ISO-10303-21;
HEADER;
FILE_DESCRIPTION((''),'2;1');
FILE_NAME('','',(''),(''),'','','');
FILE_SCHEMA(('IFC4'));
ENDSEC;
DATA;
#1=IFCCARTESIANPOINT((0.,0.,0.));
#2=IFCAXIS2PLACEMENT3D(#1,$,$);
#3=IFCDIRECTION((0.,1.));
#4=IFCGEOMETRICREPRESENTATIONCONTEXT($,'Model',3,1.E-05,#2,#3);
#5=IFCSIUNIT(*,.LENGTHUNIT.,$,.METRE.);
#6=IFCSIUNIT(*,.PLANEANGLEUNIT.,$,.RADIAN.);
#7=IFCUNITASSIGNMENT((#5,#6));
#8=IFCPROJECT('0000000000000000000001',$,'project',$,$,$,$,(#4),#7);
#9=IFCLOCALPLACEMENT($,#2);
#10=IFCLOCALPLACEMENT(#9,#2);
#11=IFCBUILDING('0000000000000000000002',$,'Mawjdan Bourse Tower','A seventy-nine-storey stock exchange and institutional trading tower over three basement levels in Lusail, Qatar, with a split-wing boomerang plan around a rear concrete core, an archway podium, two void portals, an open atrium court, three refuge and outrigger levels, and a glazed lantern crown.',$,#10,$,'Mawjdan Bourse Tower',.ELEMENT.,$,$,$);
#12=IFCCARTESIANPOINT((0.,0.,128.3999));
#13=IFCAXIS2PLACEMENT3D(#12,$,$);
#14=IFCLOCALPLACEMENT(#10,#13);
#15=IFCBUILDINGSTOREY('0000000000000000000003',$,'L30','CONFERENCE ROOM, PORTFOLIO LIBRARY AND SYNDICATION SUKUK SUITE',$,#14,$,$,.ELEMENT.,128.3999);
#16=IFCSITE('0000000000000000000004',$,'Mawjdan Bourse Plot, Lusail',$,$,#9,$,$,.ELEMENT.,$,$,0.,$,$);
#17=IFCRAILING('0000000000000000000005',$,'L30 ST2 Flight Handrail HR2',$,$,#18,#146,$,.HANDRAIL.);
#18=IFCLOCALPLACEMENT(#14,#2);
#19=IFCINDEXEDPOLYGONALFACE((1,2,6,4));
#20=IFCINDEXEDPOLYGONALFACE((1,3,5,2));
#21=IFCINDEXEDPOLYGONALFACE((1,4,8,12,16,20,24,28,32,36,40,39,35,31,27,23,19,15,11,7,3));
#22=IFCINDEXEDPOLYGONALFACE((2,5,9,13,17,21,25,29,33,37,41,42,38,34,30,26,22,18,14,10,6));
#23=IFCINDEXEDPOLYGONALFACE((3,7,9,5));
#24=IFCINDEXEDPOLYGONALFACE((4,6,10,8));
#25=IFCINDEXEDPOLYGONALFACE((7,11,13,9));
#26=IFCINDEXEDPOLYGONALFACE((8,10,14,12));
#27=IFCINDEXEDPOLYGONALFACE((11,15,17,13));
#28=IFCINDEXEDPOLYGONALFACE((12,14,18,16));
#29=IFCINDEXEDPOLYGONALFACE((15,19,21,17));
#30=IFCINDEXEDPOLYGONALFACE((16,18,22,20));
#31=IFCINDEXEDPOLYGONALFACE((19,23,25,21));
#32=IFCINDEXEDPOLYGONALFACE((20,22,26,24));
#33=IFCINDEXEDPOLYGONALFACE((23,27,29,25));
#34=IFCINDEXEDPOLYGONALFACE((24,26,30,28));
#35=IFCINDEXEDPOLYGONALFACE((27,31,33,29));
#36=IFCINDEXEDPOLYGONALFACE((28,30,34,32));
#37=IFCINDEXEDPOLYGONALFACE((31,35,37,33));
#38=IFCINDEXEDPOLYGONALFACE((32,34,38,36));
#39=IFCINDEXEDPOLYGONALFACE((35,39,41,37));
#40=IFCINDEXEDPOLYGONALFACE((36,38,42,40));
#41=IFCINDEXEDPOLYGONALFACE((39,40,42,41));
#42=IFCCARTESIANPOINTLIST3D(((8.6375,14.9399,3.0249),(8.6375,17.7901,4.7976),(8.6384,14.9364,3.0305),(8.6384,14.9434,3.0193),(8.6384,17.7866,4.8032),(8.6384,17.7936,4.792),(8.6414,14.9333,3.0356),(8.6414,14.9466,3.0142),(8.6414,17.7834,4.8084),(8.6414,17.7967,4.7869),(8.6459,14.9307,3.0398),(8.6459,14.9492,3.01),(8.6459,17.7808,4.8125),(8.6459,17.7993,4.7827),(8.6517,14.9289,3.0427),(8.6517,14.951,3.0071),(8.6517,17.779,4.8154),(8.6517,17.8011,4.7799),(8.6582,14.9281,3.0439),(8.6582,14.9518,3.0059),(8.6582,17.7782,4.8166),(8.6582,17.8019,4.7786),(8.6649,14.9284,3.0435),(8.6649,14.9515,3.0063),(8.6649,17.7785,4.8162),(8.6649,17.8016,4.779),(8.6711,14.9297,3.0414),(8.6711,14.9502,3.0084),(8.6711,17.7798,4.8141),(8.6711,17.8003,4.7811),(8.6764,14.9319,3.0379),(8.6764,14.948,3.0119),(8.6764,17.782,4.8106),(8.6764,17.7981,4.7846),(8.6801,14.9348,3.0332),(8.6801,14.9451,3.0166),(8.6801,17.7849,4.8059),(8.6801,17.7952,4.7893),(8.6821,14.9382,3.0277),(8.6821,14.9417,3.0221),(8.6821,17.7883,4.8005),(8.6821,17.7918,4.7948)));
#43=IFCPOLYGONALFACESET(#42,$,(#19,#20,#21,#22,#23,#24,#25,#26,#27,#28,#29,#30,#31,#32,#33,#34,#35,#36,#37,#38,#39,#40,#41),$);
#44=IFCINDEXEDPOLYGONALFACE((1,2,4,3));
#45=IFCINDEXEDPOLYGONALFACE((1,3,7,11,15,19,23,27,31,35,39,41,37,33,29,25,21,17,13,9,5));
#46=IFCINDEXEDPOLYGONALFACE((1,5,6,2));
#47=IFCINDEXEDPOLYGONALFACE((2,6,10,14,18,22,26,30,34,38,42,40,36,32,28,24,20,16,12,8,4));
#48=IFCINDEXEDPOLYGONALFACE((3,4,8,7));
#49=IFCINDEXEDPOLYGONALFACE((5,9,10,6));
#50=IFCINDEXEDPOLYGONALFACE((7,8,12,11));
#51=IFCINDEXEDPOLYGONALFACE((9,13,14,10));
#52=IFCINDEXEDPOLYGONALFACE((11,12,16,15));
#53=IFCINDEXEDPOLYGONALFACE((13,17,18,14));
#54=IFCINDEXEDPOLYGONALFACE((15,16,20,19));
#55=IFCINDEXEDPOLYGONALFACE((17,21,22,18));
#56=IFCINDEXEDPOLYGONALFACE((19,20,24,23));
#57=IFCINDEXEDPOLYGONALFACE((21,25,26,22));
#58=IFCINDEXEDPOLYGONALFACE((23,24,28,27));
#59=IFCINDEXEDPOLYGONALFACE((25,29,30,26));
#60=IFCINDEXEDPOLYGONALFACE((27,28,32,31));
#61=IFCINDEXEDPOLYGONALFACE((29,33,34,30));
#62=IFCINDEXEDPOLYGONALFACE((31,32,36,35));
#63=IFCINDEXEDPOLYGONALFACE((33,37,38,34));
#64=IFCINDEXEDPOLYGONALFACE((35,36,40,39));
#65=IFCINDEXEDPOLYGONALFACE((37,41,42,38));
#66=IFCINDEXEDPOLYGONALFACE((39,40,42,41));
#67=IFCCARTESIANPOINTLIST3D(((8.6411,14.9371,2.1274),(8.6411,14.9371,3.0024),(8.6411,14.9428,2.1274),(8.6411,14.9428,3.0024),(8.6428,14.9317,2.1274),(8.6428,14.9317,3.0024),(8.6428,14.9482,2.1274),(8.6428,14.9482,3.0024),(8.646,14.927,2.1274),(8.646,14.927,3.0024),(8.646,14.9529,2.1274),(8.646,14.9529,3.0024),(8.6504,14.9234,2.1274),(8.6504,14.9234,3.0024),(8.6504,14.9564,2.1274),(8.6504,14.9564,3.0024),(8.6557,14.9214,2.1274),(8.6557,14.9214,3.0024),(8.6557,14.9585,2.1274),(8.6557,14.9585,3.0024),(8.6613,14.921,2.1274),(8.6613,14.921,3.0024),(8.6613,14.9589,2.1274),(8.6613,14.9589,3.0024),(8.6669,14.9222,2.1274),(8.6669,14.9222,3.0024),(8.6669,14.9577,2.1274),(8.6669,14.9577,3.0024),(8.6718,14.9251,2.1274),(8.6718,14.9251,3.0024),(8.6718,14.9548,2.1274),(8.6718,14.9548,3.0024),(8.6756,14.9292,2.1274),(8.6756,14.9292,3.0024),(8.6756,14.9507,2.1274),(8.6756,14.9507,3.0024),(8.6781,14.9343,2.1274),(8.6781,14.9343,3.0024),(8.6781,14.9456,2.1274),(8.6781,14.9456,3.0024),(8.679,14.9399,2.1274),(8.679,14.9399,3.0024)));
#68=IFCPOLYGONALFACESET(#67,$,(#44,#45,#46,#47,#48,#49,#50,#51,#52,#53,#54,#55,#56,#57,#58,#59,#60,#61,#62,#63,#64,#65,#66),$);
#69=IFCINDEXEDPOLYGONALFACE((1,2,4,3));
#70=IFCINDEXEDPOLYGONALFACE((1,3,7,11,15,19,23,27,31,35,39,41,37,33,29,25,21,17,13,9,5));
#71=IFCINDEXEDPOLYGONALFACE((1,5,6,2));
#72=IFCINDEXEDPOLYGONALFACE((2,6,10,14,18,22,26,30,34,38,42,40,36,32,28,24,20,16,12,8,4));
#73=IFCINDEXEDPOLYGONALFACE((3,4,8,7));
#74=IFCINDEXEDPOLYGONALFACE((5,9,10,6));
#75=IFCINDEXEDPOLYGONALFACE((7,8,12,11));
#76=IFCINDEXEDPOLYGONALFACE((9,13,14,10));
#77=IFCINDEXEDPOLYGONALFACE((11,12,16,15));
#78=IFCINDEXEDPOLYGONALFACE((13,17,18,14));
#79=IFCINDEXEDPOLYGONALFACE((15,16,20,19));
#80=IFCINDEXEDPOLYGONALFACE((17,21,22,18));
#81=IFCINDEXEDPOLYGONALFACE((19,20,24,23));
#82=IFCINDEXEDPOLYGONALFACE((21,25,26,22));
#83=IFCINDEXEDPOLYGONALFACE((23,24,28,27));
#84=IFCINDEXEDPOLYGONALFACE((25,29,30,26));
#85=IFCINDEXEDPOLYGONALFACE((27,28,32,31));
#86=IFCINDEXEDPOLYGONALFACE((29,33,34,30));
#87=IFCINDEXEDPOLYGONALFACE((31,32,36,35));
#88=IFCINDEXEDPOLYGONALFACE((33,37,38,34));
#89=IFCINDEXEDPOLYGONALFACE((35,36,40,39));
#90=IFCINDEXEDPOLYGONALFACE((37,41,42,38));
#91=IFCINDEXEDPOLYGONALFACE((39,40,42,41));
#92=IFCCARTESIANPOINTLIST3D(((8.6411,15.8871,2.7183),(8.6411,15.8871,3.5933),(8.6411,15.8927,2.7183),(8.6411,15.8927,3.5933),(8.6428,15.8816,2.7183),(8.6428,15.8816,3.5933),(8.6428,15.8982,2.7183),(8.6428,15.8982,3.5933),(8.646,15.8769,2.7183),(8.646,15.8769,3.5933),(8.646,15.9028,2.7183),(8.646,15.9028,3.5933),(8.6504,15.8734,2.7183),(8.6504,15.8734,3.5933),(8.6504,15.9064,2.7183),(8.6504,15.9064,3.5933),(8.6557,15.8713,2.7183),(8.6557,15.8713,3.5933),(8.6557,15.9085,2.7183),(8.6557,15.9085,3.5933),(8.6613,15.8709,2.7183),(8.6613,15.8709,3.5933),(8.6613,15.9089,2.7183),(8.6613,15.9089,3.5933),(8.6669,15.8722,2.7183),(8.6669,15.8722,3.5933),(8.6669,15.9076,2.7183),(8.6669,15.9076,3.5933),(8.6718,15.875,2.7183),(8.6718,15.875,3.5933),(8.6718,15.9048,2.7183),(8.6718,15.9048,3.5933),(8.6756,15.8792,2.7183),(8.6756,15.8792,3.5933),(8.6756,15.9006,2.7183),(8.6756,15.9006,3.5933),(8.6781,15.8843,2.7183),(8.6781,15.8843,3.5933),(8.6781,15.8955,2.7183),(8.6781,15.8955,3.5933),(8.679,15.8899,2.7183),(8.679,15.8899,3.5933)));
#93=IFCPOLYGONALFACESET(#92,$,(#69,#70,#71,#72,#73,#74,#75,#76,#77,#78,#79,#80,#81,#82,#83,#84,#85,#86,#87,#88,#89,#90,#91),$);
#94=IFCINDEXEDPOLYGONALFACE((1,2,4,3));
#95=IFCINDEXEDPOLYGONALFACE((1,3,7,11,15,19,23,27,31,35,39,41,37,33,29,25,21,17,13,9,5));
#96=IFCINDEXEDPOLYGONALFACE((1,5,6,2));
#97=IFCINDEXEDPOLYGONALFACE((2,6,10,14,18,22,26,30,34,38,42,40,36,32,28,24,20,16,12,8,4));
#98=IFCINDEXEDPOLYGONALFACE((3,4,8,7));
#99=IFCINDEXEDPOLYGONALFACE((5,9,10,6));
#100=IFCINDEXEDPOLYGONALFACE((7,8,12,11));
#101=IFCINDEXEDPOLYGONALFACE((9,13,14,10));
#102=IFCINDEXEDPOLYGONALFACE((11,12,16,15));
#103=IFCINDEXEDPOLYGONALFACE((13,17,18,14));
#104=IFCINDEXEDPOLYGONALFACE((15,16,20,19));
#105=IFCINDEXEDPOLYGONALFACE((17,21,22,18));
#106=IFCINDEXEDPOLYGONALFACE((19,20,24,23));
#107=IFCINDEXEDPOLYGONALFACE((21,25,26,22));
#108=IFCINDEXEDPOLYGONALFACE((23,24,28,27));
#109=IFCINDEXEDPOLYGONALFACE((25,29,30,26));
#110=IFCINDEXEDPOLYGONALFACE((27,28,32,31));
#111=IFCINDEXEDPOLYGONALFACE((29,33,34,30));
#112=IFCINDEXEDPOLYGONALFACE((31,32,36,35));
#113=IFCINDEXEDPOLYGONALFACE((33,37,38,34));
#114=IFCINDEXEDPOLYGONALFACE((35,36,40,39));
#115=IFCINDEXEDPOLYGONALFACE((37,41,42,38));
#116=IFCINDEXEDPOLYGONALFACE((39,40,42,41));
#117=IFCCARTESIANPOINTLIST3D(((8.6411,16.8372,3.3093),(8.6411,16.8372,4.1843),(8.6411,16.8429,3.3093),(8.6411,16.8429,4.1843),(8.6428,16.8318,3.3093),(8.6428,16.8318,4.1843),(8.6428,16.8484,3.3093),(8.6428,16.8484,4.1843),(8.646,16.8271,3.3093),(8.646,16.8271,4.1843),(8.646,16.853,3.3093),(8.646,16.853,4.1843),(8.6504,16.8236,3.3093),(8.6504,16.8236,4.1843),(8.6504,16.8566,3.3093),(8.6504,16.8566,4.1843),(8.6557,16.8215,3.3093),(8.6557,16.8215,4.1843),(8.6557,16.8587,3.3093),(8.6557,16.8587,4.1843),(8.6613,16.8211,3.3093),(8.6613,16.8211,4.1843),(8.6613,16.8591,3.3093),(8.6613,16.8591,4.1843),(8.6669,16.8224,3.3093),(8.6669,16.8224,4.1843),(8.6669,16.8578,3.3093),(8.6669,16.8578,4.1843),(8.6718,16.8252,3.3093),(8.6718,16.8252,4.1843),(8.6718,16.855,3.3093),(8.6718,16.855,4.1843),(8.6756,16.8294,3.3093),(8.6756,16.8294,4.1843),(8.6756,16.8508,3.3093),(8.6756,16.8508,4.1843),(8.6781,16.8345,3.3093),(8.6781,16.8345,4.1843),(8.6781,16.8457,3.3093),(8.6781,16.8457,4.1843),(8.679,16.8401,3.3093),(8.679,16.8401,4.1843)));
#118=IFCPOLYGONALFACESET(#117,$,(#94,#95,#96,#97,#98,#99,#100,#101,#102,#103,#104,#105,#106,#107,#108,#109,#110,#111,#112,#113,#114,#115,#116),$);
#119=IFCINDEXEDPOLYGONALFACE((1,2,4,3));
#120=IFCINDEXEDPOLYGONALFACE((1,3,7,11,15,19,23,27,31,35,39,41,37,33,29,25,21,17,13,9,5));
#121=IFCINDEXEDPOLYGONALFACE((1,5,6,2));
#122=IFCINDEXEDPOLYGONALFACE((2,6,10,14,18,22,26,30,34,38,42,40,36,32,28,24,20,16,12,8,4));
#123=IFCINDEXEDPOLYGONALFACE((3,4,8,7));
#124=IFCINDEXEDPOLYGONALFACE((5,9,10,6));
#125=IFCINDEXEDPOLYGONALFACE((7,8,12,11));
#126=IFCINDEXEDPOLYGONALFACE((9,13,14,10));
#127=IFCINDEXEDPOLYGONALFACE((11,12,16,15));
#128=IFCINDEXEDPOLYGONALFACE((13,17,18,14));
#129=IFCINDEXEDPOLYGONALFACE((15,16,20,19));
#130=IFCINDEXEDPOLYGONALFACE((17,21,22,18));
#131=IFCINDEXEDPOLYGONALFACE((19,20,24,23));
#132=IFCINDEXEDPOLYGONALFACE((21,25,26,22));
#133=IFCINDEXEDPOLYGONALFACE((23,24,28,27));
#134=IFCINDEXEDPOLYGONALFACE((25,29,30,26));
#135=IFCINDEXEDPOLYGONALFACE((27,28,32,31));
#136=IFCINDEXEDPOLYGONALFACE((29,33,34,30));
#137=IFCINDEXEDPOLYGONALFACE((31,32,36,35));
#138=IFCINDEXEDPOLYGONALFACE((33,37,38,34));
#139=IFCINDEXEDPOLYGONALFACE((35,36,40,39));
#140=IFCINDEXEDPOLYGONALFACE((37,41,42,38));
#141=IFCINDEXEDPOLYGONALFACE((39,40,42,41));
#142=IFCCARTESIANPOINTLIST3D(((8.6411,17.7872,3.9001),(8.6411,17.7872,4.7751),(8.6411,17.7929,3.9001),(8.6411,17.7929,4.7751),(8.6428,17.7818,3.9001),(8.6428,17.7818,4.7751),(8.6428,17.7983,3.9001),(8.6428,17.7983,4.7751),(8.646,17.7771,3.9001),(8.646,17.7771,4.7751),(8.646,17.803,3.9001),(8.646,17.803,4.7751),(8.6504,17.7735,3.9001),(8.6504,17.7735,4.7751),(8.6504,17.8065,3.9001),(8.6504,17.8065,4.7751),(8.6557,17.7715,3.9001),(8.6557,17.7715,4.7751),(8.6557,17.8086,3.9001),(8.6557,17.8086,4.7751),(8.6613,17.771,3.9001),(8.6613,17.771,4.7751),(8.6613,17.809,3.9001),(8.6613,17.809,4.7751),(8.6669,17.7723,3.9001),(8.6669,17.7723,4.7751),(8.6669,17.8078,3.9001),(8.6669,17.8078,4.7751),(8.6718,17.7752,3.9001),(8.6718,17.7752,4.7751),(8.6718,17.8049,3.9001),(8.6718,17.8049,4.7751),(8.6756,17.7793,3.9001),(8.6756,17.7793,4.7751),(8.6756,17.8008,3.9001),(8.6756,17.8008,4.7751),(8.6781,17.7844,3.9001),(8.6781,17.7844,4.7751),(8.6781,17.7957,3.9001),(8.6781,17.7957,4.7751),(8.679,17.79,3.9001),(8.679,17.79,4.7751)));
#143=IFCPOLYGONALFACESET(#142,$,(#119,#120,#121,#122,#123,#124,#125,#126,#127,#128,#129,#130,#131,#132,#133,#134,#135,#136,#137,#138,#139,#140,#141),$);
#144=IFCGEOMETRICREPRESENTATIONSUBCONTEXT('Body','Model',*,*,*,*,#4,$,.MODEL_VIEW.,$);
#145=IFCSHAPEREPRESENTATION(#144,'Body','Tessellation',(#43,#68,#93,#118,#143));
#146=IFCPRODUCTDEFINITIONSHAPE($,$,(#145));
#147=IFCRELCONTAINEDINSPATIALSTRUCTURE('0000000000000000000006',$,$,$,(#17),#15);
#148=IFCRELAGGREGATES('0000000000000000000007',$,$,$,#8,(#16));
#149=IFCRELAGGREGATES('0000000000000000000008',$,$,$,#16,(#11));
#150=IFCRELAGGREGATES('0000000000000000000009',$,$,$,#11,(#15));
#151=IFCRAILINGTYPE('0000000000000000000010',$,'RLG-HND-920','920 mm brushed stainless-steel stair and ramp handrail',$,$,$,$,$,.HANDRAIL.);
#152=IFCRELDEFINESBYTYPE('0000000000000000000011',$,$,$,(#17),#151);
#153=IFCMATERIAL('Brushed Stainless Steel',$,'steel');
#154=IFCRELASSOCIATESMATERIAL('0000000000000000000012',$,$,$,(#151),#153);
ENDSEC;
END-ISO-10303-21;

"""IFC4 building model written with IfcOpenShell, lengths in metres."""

from ifc_helpers import new_model, si_unit, direction, frame, origin, origin_2d, place, context, subcontext, project, spatial, circle, extrude, material, type_object, element, save


model = new_model("IFC4")

# Units and contexts
model_context = context("Model", 3, precision=1e-05, world=origin(), true_north=direction((0.0, 1.0)))
body_context = subcontext(model_context, "Body", "Model", "MODEL_VIEW")
ifc_project = project(units=[si_unit("LENGTHUNIT", "METRE"), si_unit("PLANEANGLEUNIT", "RADIAN")], contexts=[model_context])

# Site, building, storey
site_placement = place(None, origin())
site = spatial("IfcSite", under=ifc_project, at=site_placement, Name="Mawjdan Bourse Plot, Lusail", CompositionType="ELEMENT", RefElevation=0.0)
building_placement = place(site_placement, origin())
building = spatial("IfcBuilding", under=site, at=building_placement, Name="Mawjdan Bourse Tower", Description="A seventy-nine-storey stock exchange and institutional trading tower over three basement levels in Lusail, Qatar, with a split-wing boomerang plan around a rear concrete core, an archway podium, two void portals, an open atrium court, three refuge and outrigger levels, and a glazed lantern crown.", LongName="Mawjdan Bourse Tower", CompositionType="ELEMENT")
storey_placement = place(building_placement, frame((0.0, 0.0, 128.3999)))
storey = spatial("IfcBuildingStorey", under=building, at=storey_placement, Name="L30", Description="CONFERENCE ROOM, PORTFOLIO LIBRARY AND SYNDICATION SUKUK SUITE", CompositionType="ELEMENT", Elevation=128.3999)

# Railing
ifc_material_1 = material(Name="Brushed Stainless Steel", Category="steel")
railing_type_1 = type_object("IfcRailingType", Name="RLG-HND-920", Description="920 mm brushed stainless-steel stair and ramp handrail", PredefinedType="HANDRAIL", material=ifc_material_1)
railing_1_placement = place(storey_placement, frame((8.6599, 14.9399, 2.1274)))
element("IfcRailing", 1, at=railing_1_placement, inside=storey, type_object=railing_type_1, Name="L30 ST2 Flight Handrail HR2", PredefinedType="HANDRAIL", context=body_context, shape_type="SweptSolid", body=[
    extrude(circle(Radius=0.0225, at=origin_2d()), frame((0.0, 0.0, 0.8975), z_axis=(0.0, 0.849149, 0.528154), x_axis=(-1.0, 0.0, 0.0)), (0.0, 0.0, 1.0), 3.3564),
    extrude(circle(Radius=0.019, at=origin_2d()), origin(), (0.0, 0.0, 1.0), 0.875),
    extrude(circle(Radius=0.019, at=origin_2d()), frame((0.0, 0.95, 0.5908)), (0.0, 0.0, 1.0), 0.875),
    extrude(circle(Radius=0.019, at=origin_2d()), frame((0.0, 1.9001, 1.1819)), (0.0, 0.0, 1.0), 0.875),
    extrude(circle(Radius=0.019, at=origin_2d()), frame((0.0, 2.8501, 1.7727)), (0.0, 0.0, 1.0), 0.875),
])

save(model, "model.ifc")
